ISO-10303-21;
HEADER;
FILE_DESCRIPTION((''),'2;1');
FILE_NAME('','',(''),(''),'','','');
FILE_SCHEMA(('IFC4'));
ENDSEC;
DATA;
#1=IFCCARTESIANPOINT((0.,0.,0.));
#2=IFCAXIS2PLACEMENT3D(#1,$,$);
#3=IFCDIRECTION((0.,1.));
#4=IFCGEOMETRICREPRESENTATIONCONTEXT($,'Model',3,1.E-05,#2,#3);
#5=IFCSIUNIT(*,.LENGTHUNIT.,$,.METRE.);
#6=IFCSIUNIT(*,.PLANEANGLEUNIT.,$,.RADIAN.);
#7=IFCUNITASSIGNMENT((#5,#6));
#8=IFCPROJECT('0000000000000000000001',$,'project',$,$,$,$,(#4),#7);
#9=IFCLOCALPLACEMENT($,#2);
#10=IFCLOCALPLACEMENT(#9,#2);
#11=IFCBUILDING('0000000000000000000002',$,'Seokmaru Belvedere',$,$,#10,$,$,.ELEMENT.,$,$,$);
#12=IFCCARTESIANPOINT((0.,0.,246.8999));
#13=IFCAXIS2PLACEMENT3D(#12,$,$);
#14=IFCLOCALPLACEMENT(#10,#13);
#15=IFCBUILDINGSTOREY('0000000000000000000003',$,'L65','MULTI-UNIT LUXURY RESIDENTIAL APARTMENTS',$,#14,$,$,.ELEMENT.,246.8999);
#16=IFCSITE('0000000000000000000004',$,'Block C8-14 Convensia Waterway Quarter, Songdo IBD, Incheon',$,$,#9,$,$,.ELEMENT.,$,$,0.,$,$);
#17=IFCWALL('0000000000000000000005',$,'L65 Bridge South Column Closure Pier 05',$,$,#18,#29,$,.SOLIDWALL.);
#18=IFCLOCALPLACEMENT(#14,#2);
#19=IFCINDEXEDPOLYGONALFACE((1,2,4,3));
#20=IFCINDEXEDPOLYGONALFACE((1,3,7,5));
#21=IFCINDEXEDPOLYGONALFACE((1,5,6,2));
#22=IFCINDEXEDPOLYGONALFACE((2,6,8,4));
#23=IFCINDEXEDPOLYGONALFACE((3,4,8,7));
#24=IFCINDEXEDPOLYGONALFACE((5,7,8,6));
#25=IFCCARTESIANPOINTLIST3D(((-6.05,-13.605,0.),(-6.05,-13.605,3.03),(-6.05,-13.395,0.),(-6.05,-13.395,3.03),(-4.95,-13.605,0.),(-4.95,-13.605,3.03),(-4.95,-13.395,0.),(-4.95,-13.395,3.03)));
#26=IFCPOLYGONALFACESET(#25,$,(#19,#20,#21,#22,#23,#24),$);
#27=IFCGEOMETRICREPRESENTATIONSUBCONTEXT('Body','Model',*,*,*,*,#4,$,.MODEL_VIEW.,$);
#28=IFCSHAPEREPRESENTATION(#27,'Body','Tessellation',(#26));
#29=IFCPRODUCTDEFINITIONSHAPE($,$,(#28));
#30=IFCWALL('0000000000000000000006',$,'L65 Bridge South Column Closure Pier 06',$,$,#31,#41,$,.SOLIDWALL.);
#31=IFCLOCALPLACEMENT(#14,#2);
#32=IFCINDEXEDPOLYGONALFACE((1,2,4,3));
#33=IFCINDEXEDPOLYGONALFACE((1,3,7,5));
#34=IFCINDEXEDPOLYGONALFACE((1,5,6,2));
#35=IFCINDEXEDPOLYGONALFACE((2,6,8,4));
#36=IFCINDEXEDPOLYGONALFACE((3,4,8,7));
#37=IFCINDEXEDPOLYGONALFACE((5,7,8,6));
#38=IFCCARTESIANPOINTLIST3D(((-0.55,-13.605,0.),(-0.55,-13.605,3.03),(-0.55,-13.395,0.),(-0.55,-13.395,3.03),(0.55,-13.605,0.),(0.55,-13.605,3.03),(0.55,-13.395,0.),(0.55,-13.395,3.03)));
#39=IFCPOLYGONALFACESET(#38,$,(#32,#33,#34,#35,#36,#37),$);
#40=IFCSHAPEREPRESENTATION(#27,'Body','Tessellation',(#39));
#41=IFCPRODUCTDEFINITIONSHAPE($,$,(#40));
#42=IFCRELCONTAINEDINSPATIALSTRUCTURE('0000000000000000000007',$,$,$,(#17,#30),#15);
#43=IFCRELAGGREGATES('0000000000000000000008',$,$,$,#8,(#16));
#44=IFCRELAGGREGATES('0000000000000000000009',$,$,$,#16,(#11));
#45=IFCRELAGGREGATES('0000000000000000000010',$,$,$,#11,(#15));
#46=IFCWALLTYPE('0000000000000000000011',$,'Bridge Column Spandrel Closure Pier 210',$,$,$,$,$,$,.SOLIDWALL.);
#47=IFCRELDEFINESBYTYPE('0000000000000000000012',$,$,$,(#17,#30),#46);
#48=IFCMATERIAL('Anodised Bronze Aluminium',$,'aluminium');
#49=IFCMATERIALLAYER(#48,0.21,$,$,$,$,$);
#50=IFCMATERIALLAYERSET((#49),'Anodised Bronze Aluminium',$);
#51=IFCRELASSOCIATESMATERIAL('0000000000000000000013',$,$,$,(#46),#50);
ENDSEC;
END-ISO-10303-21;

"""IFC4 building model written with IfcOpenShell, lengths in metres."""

from ifc_helpers import new_model, si_unit, direction, frame, frame_2d, origin, place, context, subcontext, project, spatial, rectangle, extrude, material, layer, layer_set, type_object, element, save


model = new_model("IFC4")

# Units and contexts
model_context = context("Model", 3, precision=1e-05, world=origin(), true_north=direction((0.0, 1.0)))
body_context = subcontext(model_context, "Body", "Model", "MODEL_VIEW")
ifc_project = project(units=[si_unit("LENGTHUNIT", "METRE"), si_unit("PLANEANGLEUNIT", "RADIAN")], contexts=[model_context])

# Site, building, storey
site_placement = place(None, origin())
site = spatial("IfcSite", under=ifc_project, at=site_placement, Name="Block C8-14 Convensia Waterway Quarter, Songdo IBD, Incheon", CompositionType="ELEMENT", RefElevation=0.0)
building_placement = place(site_placement, origin())
building = spatial("IfcBuilding", under=site, at=building_placement, Name="Seokmaru Belvedere", CompositionType="ELEMENT")
storey_placement = place(building_placement, frame((0.0, 0.0, 246.8999)))
storey = spatial("IfcBuildingStorey", under=building, at=storey_placement, Name="L65", Description="MULTI-UNIT LUXURY RESIDENTIAL APARTMENTS", CompositionType="ELEMENT", Elevation=246.8999)

# Shared definitions
ifc_material_1 = material(Name="Anodised Bronze Aluminium", Category="aluminium")

# Walls
ifc_layer_1 = layer(ifc_material_1, 0.21)
ifc_layer_set_1 = layer_set([ifc_layer_1], Name="Anodised Bronze Aluminium")
wall_type_1 = type_object("IfcWallType", Name="Bridge Column Spandrel Closure Pier 210", PredefinedType="SOLIDWALL", material=ifc_layer_set_1)
for number, where, z_axis, x_axis, name in (
    (1, (-6.05, -13.5, 0.0), (0.0, 0.0, 1.0), (1.0, 0.0, 0.0), "L65 Bridge South Column Closure Pier 05"),
    (2, (-0.55, -13.5, 0.0), (0.0, 0.0, 1.0), (1.0, 0.0, 0.0), "L65 Bridge South Column Closure Pier 06"),
):
    element("IfcWall", number, at=place(storey_placement, frame(where, z_axis=z_axis, x_axis=x_axis)), inside=storey, type_object=wall_type_1, Name=name, PredefinedType="SOLIDWALL", context=body_context, shape_type="SweptSolid", body=[
        extrude(rectangle(XDim=1.1001, YDim=0.21, at=frame_2d((0.55, 0.0))), origin(), (0.0, 0.0, 1.0), 3.03),
    ])

save(model, "model.ifc")
